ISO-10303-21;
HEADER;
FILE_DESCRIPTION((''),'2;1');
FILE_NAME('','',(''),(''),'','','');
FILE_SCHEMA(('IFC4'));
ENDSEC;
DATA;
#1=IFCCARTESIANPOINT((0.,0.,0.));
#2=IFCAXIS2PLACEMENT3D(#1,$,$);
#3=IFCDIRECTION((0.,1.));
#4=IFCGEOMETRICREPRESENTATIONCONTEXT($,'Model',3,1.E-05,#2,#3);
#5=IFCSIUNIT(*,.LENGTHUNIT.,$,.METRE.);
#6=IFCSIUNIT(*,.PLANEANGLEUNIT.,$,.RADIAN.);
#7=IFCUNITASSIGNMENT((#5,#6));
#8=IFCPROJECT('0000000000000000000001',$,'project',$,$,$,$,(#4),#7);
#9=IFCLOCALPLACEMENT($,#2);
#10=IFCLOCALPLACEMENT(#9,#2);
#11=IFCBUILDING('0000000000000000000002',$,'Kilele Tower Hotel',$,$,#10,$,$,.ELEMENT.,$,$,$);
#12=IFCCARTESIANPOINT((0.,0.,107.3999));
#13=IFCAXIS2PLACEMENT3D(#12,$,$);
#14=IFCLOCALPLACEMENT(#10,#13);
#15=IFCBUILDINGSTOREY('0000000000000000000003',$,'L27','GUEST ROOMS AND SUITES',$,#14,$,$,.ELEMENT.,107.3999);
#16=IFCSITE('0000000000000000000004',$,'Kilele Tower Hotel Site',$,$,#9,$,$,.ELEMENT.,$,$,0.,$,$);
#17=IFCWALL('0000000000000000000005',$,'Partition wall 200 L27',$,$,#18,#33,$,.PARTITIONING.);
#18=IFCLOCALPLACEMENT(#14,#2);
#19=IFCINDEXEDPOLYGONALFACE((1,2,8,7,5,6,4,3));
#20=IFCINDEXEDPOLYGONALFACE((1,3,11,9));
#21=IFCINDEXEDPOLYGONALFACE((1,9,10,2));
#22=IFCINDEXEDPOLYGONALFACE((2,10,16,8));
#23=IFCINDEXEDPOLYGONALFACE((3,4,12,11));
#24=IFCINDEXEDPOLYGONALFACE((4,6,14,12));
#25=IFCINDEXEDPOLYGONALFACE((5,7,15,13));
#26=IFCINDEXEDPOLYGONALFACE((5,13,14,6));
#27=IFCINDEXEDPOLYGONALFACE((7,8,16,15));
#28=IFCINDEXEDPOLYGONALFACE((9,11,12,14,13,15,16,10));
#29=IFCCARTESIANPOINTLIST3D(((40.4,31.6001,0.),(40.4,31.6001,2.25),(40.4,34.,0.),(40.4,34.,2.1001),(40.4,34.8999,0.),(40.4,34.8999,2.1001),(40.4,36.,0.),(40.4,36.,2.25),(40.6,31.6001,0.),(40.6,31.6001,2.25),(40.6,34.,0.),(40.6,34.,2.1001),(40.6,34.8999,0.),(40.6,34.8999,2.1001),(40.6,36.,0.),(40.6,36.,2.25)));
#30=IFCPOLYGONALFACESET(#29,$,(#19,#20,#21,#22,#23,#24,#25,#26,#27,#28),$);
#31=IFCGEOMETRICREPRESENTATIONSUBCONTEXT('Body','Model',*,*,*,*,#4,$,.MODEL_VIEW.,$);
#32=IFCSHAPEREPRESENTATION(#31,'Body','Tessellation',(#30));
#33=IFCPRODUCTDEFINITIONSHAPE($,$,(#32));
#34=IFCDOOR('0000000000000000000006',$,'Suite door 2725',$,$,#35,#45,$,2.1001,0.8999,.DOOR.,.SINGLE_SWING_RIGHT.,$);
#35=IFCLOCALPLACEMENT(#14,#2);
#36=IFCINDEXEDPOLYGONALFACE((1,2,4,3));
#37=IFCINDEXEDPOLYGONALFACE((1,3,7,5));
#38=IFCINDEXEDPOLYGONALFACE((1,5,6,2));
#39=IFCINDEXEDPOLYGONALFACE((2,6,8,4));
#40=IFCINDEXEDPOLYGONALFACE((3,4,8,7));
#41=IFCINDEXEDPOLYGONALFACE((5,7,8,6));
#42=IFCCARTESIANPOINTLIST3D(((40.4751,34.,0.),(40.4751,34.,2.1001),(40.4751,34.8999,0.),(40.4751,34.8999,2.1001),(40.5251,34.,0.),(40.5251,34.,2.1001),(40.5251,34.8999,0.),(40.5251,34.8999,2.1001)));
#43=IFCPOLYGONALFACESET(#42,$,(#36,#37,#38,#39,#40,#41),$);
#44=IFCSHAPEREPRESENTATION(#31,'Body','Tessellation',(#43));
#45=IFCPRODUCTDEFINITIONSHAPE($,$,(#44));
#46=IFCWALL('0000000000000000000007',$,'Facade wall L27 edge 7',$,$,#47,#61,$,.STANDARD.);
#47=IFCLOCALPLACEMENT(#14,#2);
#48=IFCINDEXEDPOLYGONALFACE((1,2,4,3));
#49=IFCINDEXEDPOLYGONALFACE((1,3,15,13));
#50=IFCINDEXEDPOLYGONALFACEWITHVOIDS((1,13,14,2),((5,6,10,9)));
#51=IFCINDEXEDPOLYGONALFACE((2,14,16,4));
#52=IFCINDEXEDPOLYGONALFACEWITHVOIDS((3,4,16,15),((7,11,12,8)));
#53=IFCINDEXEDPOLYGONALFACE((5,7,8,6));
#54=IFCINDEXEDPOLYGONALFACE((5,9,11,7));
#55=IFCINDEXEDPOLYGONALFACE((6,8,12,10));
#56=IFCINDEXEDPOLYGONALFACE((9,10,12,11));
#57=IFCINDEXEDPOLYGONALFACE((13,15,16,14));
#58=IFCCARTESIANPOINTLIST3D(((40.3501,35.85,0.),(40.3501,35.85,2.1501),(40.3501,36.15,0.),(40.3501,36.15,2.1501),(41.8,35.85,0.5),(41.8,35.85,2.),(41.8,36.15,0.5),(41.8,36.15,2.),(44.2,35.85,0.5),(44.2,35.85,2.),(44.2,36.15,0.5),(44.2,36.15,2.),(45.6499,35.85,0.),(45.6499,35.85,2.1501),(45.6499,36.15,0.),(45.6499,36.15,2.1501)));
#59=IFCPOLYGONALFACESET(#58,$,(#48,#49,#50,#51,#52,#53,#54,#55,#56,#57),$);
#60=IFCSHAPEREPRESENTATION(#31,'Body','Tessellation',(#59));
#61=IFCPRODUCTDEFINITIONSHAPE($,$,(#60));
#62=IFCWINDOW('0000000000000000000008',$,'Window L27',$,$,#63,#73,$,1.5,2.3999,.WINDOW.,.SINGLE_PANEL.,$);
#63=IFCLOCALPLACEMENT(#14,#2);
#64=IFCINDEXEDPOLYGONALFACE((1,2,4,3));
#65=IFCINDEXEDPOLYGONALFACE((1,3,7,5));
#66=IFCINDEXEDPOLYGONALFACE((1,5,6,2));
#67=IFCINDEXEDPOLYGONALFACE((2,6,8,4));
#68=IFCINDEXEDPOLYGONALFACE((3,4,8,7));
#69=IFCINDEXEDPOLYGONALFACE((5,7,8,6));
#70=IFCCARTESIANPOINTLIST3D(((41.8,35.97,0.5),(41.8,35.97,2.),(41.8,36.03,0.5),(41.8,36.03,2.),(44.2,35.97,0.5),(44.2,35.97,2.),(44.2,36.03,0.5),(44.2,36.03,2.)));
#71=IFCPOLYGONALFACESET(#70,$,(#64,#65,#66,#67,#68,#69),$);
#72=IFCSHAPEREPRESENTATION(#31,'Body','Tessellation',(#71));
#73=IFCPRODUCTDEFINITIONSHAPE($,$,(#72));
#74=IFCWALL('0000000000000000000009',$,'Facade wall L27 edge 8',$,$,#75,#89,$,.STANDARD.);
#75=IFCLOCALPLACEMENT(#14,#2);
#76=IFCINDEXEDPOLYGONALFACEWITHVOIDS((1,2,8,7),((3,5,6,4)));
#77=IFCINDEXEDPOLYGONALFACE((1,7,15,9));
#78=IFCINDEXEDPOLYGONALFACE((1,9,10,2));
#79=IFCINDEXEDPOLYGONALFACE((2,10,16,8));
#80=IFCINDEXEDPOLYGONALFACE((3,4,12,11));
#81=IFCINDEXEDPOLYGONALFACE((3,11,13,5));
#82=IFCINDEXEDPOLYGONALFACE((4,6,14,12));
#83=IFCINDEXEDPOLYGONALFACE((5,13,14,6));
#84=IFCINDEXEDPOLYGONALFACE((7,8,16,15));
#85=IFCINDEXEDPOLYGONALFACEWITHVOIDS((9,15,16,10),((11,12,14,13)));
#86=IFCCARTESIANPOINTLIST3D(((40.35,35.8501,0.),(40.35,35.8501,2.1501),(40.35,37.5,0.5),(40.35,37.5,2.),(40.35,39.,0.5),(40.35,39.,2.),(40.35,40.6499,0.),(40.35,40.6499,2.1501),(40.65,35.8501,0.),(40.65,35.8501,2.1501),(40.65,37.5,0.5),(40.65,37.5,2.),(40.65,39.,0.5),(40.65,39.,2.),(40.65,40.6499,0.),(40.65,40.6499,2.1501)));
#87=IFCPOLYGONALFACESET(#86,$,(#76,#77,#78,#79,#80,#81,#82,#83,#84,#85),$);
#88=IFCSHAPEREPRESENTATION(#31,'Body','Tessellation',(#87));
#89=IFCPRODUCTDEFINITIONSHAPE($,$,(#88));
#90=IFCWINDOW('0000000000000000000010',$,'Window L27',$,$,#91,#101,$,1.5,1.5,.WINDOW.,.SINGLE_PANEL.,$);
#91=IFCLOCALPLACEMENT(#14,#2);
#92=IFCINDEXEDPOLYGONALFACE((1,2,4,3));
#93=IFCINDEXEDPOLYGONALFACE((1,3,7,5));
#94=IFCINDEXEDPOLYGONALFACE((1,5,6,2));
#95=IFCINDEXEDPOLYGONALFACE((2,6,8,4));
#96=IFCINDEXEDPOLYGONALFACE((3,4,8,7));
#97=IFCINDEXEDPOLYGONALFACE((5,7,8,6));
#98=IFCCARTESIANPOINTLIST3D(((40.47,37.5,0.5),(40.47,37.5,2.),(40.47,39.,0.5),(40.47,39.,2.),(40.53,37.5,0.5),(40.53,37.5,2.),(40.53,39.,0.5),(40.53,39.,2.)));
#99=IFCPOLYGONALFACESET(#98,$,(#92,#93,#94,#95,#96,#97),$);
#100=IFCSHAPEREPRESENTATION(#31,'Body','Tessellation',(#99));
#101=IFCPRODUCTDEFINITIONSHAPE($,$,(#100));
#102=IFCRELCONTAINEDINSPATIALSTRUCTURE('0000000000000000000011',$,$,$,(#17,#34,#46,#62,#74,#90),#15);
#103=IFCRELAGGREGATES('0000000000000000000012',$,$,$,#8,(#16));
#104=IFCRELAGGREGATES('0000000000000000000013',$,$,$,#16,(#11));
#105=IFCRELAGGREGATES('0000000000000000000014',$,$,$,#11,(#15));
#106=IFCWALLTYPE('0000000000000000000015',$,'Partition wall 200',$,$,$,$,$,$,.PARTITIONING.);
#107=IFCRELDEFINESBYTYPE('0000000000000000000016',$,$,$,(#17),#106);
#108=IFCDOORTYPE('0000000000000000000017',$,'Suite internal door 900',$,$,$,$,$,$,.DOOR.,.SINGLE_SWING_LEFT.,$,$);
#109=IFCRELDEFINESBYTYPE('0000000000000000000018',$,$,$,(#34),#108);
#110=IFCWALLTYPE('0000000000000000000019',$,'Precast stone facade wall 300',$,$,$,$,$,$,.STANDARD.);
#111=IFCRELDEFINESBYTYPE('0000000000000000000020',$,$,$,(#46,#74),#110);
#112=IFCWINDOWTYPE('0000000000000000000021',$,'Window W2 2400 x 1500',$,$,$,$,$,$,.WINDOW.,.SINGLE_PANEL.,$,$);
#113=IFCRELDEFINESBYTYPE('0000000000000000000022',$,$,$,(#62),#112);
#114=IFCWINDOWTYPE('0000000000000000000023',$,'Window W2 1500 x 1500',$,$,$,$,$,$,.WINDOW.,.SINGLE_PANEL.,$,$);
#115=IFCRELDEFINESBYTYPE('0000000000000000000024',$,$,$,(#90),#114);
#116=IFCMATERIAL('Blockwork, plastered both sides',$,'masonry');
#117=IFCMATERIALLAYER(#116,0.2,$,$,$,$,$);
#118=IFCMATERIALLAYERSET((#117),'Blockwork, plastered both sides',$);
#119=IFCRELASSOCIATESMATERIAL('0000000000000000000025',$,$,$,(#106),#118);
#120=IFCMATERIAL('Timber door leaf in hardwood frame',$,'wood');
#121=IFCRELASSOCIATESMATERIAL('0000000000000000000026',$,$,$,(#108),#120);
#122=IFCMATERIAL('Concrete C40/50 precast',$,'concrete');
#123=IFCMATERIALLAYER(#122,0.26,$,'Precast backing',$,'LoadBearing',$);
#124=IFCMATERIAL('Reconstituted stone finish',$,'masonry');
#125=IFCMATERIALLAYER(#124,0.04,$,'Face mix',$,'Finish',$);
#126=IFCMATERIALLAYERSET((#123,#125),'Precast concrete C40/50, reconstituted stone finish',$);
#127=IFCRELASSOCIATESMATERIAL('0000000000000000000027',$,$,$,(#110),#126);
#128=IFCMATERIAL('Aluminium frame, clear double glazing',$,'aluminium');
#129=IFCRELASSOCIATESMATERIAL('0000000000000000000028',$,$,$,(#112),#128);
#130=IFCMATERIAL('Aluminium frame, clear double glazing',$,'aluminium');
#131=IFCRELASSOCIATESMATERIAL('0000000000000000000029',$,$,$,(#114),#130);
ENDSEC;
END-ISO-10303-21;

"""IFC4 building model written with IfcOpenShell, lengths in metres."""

from ifc_helpers import new_model, si_unit, direction, frame, frame_2d, origin, place, context, subcontext, project, spatial, rectangle, extrude, material, layer, layer_set, type_object, element, fill, save


model = new_model("IFC4")

# Units and contexts
model_context = context("Model", 3, precision=1e-05, world=origin(), true_north=direction((0.0, 1.0)))
body_context = subcontext(model_context, "Body", "Model", "MODEL_VIEW")
ifc_project = project(units=[si_unit("LENGTHUNIT", "METRE"), si_unit("PLANEANGLEUNIT", "RADIAN")], contexts=[model_context])

# Site, building, storey
site_placement = place(None, origin())
site = spatial("IfcSite", under=ifc_project, at=site_placement, Name="Kilele Tower Hotel Site", CompositionType="ELEMENT", RefElevation=0.0)
building_placement = place(site_placement, origin())
building = spatial("IfcBuilding", under=site, at=building_placement, Name="Kilele Tower Hotel", CompositionType="ELEMENT")
storey_placement = place(building_placement, frame((0.0, 0.0, 107.3999)))
storey = spatial("IfcBuildingStorey", under=building, at=storey_placement, Name="L27", Description="GUEST ROOMS AND SUITES", CompositionType="ELEMENT", Elevation=107.3999)

# Wall, opening, door
ifc_material_1 = material(Name="Blockwork, plastered both sides", Category="masonry")
ifc_layer_1 = layer(ifc_material_1, 0.2)
ifc_layer_set_1 = layer_set([ifc_layer_1], Name="Blockwork, plastered both sides")
wall_type_1 = type_object("IfcWallType", Name="Partition wall 200", PredefinedType="PARTITIONING", material=ifc_layer_set_1)
wall_1_placement = place(storey_placement, frame((40.5, 31.6001, 0.0), z_axis=(0.0, 0.0, 1.0), x_axis=(0.0, 1.0, 0.0)))
wall_1 = element("IfcWall", 1, at=wall_1_placement, inside=storey, type_object=wall_type_1, Name="Partition wall 200 L27", PredefinedType="PARTITIONING", context=body_context, shape_type="SweptSolid", body=[
    extrude(rectangle(XDim=4.3999, YDim=0.2, at=frame_2d((2.2, 0.0))), origin(), (0.0, 0.0, 1.0), 2.25),
])
opening_1_placement = place(wall_1_placement, frame((2.3999, 0.0, 0.0)))
opening_1 = element("IfcOpeningElement", 2, at=opening_1_placement, cuts=wall_1, PredefinedType="OPENING", context=body_context, shape_type="SweptSolid", body=[
    extrude(rectangle(XDim=0.8999, YDim=2.1001, at=frame_2d((0.45, 1.05))), frame((0.0, 0.1099, 0.0), z_axis=(0.0, -1.0, 0.0), x_axis=(1.0, 0.0, 0.0)), (0.0, 0.0, 1.0), 0.22),
])
ifc_material_2 = material(Name="Timber door leaf in hardwood frame", Category="wood")
door_type_1 = type_object("IfcDoorType", Name="Suite internal door 900", OperationType="SINGLE_SWING_LEFT", PredefinedType="DOOR", material=ifc_material_2)
door_1_placement = place(opening_1_placement, origin())
door_1 = element("IfcDoor", 3, at=door_1_placement, inside=storey, type_object=door_type_1, Name="Suite door 2725", OperationType="SINGLE_SWING_RIGHT", OverallHeight=2.1001, OverallWidth=0.8999, PredefinedType="DOOR", context=body_context, shape_type="SweptSolid", body=[
    extrude(rectangle(XDim=0.8999, YDim=2.1001, at=frame_2d((0.45, 1.05))), frame((0.0, 0.0249, 0.0), z_axis=(0.0, -1.0, 0.0), x_axis=(1.0, 0.0, 0.0)), (0.0, 0.0, 1.0), 0.05),
])
fill(opening_1, door_1)

# Walls, openings, windows
ifc_material_3 = material(Name="Concrete C40/50 precast", Category="concrete")
ifc_layer_2 = layer(ifc_material_3, 0.26, Name="Precast backing", Category="LoadBearing")
ifc_material_4 = material(Name="Reconstituted stone finish", Category="masonry")
ifc_layer_3 = layer(ifc_material_4, 0.04, Name="Face mix", Category="Finish")
ifc_layer_set_2 = layer_set([ifc_layer_2, ifc_layer_3], Name="Precast concrete C40/50, reconstituted stone finish")
wall_type_2 = type_object("IfcWallType", Name="Precast stone facade wall 300", PredefinedType="STANDARD", material=ifc_layer_set_2)
wall_2_placement = place(storey_placement, frame((45.6499, 36.0, 0.0), z_axis=(0.0, 0.0, 1.0), x_axis=(-1.0, 0.0, 0.0)))
wall_2 = element("IfcWall", 4, at=wall_2_placement, inside=storey, type_object=wall_type_2, Name="Facade wall L27 edge 7", PredefinedType="STANDARD", context=body_context, shape_type="SweptSolid", body=[
    extrude(rectangle(XDim=5.2998, YDim=0.3, at=frame_2d((2.6499, 0.0))), origin(), (0.0, 0.0, 1.0), 2.1501),
])
opening_2_placement = place(wall_2_placement, frame((1.45, 0.0, 0.5)))
opening_2 = element("IfcOpeningElement", 5, at=opening_2_placement, cuts=wall_2, PredefinedType="OPENING", context=body_context, shape_type="SweptSolid", body=[
    extrude(rectangle(XDim=2.3999, YDim=1.5, at=frame_2d((1.2, 0.75))), frame((0.0, 0.1599, 0.0), z_axis=(0.0, -1.0, 0.0), x_axis=(1.0, 0.0, 0.0)), (0.0, 0.0, 1.0), 0.3201),
])
ifc_material_5 = material(Name="Aluminium frame, clear double glazing", Category="aluminium")
window_type_1 = type_object("IfcWindowType", Name="Window W2 2400 x 1500", PartitioningType="SINGLE_PANEL", PredefinedType="WINDOW", material=ifc_material_5)
window_1_placement = place(opening_2_placement, origin())
window_1 = element("IfcWindow", 6, at=window_1_placement, inside=storey, type_object=window_type_1, Name="Window L27", OverallHeight=1.5, OverallWidth=2.3999, PartitioningType="SINGLE_PANEL", PredefinedType="WINDOW", context=body_context, shape_type="SweptSolid", body=[
    extrude(rectangle(XDim=2.3999, YDim=1.5, at=frame_2d((1.2, 0.75))), frame((0.0, 0.03, 0.0), z_axis=(0.0, -1.0, 0.0), x_axis=(1.0, 0.0, 0.0)), (0.0, 0.0, 1.0), 0.0601),
])
fill(opening_2, window_1)
wall_3_placement = place(storey_placement, frame((40.5, 35.8501, 0.0), z_axis=(0.0, 0.0, 1.0), x_axis=(0.0, 1.0, 0.0)))
wall_3 = element("IfcWall", 7, at=wall_3_placement, inside=storey, type_object=wall_type_2, Name="Facade wall L27 edge 8", PredefinedType="STANDARD", context=body_context, shape_type="SweptSolid", body=[
    extrude(rectangle(XDim=4.7998, YDim=0.3, at=frame_2d((2.3999, 0.0))), origin(), (0.0, 0.0, 1.0), 2.1501),
])
opening_3_placement = place(wall_3_placement, frame((1.6499, 0.0, 0.5)))
opening_3 = element("IfcOpeningElement", 8, at=opening_3_placement, cuts=wall_3, PredefinedType="OPENING", context=body_context, shape_type="SweptSolid", body=[
    extrude(rectangle(XDim=1.5, YDim=1.5, at=frame_2d((0.75, 0.75))), frame((0.0, 0.1599, 0.0), z_axis=(0.0, -1.0, 0.0), x_axis=(1.0, 0.0, 0.0)), (0.0, 0.0, 1.0), 0.3201),
])
ifc_material_6 = material(Name="Aluminium frame, clear double glazing", Category="aluminium")
window_type_2 = type_object("IfcWindowType", Name="Window W2 1500 x 1500", PartitioningType="SINGLE_PANEL", PredefinedType="WINDOW", material=ifc_material_6)
window_2_placement = place(opening_3_placement, origin())
window_2 = element("IfcWindow", 9, at=window_2_placement, inside=storey, type_object=window_type_2, Name="Window L27", OverallHeight=1.5, OverallWidth=1.5, PartitioningType="SINGLE_PANEL", PredefinedType="WINDOW", context=body_context, shape_type="SweptSolid", body=[
    extrude(rectangle(XDim=1.5, YDim=1.5, at=frame_2d((0.75, 0.75))), frame((0.0, 0.03, 0.0), z_axis=(0.0, -1.0, 0.0), x_axis=(1.0, 0.0, 0.0)), (0.0, 0.0, 1.0), 0.0601),
])
fill(opening_3, window_2)

save(model, "model.ifc")
